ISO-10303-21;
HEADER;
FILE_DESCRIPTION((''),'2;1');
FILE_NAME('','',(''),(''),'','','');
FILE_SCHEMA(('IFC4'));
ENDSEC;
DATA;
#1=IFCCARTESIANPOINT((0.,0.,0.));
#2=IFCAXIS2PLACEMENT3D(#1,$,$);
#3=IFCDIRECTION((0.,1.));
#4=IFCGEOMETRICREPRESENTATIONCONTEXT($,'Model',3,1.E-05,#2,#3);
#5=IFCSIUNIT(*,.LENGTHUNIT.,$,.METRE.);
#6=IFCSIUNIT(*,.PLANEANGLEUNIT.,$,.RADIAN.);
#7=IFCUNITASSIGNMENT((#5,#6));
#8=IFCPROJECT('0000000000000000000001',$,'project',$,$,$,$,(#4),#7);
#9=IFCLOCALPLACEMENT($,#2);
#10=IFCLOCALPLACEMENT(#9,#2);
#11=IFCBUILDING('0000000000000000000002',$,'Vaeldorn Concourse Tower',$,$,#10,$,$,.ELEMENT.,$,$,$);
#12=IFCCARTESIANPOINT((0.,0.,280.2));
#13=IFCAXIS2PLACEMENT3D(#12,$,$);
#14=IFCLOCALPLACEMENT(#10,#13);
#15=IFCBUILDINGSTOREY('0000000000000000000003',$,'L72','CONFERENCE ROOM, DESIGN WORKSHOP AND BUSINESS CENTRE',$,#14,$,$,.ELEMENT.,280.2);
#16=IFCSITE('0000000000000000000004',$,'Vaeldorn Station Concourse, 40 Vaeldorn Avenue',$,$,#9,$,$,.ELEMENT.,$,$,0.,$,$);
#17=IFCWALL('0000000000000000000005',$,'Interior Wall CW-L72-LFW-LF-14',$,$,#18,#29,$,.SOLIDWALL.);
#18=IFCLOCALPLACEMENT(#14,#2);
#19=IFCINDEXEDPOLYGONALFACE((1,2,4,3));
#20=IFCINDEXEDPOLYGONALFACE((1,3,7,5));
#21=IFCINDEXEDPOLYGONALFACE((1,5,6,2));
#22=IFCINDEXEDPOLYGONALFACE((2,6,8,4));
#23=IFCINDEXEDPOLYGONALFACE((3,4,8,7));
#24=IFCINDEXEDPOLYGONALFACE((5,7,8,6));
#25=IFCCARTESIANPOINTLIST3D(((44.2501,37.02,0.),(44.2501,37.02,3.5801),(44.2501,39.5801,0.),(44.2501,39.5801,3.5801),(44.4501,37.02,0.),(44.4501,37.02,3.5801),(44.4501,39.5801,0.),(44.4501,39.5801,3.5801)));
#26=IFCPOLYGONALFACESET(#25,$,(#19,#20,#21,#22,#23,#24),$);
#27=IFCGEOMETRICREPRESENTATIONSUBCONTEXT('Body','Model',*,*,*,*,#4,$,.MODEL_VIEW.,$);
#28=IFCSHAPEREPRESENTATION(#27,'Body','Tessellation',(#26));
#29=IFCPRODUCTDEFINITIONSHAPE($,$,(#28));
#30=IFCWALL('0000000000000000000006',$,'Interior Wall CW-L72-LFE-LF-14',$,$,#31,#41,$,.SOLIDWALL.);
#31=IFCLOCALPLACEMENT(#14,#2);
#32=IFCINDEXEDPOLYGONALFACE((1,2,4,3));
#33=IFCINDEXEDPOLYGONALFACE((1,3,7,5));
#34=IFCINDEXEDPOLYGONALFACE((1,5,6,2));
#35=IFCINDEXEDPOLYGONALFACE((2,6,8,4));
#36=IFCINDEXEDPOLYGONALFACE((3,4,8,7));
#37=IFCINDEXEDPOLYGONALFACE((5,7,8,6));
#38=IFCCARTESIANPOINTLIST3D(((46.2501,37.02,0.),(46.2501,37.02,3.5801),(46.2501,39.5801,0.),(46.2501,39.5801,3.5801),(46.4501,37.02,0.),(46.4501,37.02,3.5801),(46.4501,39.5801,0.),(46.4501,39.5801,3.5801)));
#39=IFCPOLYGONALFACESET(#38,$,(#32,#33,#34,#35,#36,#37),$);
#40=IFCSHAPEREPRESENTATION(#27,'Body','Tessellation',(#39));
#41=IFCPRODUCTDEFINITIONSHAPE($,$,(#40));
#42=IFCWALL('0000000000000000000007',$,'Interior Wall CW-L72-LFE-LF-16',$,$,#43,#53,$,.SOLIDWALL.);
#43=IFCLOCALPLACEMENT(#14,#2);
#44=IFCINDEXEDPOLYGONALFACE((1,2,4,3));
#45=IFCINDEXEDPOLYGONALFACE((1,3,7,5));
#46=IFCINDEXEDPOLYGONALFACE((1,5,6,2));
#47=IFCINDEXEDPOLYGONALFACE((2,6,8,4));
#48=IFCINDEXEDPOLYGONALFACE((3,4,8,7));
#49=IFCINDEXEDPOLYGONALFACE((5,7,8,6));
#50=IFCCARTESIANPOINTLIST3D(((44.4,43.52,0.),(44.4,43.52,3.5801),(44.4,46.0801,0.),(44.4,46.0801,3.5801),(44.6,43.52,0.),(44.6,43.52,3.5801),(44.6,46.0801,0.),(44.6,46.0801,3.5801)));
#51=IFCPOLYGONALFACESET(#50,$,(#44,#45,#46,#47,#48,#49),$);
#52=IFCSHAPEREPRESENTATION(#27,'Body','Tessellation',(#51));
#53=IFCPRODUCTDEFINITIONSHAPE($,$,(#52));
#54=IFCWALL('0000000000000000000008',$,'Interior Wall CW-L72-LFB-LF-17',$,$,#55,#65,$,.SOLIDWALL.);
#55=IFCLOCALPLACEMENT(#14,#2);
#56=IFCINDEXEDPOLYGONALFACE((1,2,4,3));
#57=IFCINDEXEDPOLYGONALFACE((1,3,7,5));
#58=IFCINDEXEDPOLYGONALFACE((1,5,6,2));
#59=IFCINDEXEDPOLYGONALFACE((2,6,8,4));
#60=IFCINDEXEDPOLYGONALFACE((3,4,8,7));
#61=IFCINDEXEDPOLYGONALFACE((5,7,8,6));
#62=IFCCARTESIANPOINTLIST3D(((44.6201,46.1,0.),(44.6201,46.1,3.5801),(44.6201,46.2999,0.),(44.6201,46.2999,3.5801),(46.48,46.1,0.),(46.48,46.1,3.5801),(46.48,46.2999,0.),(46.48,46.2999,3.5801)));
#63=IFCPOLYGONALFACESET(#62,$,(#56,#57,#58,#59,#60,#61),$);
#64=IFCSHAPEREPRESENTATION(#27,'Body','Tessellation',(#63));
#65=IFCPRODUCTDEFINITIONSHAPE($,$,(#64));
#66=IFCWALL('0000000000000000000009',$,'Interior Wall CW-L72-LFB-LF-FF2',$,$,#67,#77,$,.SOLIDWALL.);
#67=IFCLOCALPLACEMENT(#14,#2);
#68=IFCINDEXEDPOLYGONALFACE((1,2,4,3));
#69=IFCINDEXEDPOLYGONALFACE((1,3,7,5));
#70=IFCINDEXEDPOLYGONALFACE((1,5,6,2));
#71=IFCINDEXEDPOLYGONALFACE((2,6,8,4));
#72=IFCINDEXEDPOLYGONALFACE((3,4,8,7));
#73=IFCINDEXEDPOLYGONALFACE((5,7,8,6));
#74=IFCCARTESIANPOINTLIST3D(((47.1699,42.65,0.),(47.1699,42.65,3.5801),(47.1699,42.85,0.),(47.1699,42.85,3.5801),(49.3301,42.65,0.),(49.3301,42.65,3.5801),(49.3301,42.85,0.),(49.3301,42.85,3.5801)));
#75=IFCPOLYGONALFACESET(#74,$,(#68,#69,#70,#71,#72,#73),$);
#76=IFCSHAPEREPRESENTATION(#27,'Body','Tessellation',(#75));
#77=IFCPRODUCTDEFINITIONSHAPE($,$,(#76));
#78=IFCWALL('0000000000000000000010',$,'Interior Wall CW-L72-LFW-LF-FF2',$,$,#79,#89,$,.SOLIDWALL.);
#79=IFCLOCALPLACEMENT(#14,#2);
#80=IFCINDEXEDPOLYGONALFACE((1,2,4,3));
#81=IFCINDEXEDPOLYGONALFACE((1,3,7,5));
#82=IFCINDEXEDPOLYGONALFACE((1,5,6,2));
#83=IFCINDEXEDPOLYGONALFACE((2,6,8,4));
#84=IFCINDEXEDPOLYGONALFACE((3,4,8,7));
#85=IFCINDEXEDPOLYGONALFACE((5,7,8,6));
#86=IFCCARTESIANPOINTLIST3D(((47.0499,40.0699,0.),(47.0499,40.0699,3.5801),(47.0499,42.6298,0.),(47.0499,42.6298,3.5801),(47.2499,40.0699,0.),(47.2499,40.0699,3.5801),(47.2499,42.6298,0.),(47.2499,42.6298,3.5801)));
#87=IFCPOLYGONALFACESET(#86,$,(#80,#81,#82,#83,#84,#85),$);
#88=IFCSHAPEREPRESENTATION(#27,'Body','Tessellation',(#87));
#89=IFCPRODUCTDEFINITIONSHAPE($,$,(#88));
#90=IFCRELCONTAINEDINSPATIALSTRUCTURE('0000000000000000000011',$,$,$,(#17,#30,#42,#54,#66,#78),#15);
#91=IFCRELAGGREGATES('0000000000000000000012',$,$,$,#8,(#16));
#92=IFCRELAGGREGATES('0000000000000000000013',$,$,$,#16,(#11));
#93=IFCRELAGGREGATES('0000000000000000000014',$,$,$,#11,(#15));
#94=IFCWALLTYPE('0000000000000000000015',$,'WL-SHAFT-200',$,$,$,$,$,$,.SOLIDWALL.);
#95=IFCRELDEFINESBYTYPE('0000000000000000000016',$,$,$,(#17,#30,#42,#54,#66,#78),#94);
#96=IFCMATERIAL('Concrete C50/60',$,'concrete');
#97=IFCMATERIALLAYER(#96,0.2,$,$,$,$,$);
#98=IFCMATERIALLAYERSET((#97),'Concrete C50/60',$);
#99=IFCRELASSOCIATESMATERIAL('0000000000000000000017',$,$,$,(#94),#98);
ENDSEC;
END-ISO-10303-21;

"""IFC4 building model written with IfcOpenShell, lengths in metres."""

from ifc_helpers import new_model, si_unit, direction, frame, frame_2d, origin, place, context, subcontext, project, spatial, rectangle, extrude, material, layer, layer_set, type_object, element, save


model = new_model("IFC4")

# Units and contexts
model_context = context("Model", 3, precision=1e-05, world=origin(), true_north=direction((0.0, 1.0)))
body_context = subcontext(model_context, "Body", "Model", "MODEL_VIEW")
ifc_project = project(units=[si_unit("LENGTHUNIT", "METRE"), si_unit("PLANEANGLEUNIT", "RADIAN")], contexts=[model_context])

# Site, building, storey
site_placement = place(None, origin())
site = spatial("IfcSite", under=ifc_project, at=site_placement, Name="Vaeldorn Station Concourse, 40 Vaeldorn Avenue", CompositionType="ELEMENT", RefElevation=0.0)
building_placement = place(site_placement, origin())
building = spatial("IfcBuilding", under=site, at=building_placement, Name="Vaeldorn Concourse Tower", CompositionType="ELEMENT")
storey_placement = place(building_placement, frame((0.0, 0.0, 280.2)))
storey = spatial("IfcBuildingStorey", under=building, at=storey_placement, Name="L72", Description="CONFERENCE ROOM, DESIGN WORKSHOP AND BUSINESS CENTRE", CompositionType="ELEMENT", Elevation=280.2)

# Shared definitions
ifc_material_1 = material(Name="Concrete C50/60", Category="concrete")

# Shared definitions
ifc_layer_1 = layer(ifc_material_1, 0.2)
ifc_layer_set_1 = layer_set([ifc_layer_1], Name="Concrete C50/60")
wall_type_1 = type_object("IfcWallType", Name="WL-SHAFT-200", PredefinedType="SOLIDWALL", material=ifc_layer_set_1)

# Walls
for number, where, z_axis, x_axis, name in (
    (1, (44.3501, 37.02, 0.0), (0.0, 0.0, 1.0), (0.0, 1.0, 0.0), "Interior Wall CW-L72-LFW-LF-14"),
    (2, (46.3501, 37.02, 0.0), (0.0, 0.0, 1.0), (0.0, 1.0, 0.0), "Interior Wall CW-L72-LFE-LF-14"),
    (3, (44.5, 43.52, 0.0), (0.0, 0.0, 1.0), (0.0, 1.0, 0.0), "Interior Wall CW-L72-LFE-LF-16"),
):
    element("IfcWall", number, at=place(storey_placement, frame(where, z_axis=z_axis, x_axis=x_axis)), inside=storey, type_object=wall_type_1, Name=name, PredefinedType="SOLIDWALL", context=body_context, shape_type="SweptSolid", body=[
        extrude(rectangle(XDim=2.5601, YDim=0.2, at=frame_2d((1.28, 0.0))), origin(), (0.0, 0.0, 1.0), 3.5801),
    ])

# Wall
wall_1_placement = place(storey_placement, frame((44.6201, 46.2, 0.0), z_axis=(0.0, 0.0, 1.0), x_axis=(1.0, 0.0, 0.0)))
element("IfcWall", 4, at=wall_1_placement, inside=storey, type_object=wall_type_1, Name="Interior Wall CW-L72-LFB-LF-17", PredefinedType="SOLIDWALL", context=body_context, shape_type="SweptSolid", body=[
    extrude(rectangle(XDim=1.8599, YDim=0.2, at=frame_2d((0.9299, 0.0))), origin(), (0.0, 0.0, 1.0), 3.5801),
])

# Walls
wall_2_placement = place(storey_placement, frame((47.1699, 42.75, 0.0), z_axis=(0.0, 0.0, 1.0), x_axis=(1.0, 0.0, 0.0)))
element("IfcWall", 5, at=wall_2_placement, inside=storey, type_object=wall_type_1, Name="Interior Wall CW-L72-LFB-LF-FF2", PredefinedType="SOLIDWALL", context=body_context, shape_type="SweptSolid", body=[
    extrude(rectangle(XDim=2.1602, YDim=0.2, at=frame_2d((1.0801, 0.0))), origin(), (0.0, 0.0, 1.0), 3.5801),
])
wall_3_placement = place(storey_placement, frame((47.1499, 40.0701, 0.0), z_axis=(0.0, 0.0, 1.0), x_axis=(0.0, 1.0, 0.0)))
element("IfcWall", 6, at=wall_3_placement, inside=storey, type_object=wall_type_1, Name="Interior Wall CW-L72-LFW-LF-FF2", PredefinedType="SOLIDWALL", context=body_context, shape_type="SweptSolid", body=[
    extrude(rectangle(XDim=2.5598, YDim=0.2, at=frame_2d((1.2798, 0.0))), origin(), (0.0, 0.0, 1.0), 3.5801),
])

save(model, "model.ifc")
